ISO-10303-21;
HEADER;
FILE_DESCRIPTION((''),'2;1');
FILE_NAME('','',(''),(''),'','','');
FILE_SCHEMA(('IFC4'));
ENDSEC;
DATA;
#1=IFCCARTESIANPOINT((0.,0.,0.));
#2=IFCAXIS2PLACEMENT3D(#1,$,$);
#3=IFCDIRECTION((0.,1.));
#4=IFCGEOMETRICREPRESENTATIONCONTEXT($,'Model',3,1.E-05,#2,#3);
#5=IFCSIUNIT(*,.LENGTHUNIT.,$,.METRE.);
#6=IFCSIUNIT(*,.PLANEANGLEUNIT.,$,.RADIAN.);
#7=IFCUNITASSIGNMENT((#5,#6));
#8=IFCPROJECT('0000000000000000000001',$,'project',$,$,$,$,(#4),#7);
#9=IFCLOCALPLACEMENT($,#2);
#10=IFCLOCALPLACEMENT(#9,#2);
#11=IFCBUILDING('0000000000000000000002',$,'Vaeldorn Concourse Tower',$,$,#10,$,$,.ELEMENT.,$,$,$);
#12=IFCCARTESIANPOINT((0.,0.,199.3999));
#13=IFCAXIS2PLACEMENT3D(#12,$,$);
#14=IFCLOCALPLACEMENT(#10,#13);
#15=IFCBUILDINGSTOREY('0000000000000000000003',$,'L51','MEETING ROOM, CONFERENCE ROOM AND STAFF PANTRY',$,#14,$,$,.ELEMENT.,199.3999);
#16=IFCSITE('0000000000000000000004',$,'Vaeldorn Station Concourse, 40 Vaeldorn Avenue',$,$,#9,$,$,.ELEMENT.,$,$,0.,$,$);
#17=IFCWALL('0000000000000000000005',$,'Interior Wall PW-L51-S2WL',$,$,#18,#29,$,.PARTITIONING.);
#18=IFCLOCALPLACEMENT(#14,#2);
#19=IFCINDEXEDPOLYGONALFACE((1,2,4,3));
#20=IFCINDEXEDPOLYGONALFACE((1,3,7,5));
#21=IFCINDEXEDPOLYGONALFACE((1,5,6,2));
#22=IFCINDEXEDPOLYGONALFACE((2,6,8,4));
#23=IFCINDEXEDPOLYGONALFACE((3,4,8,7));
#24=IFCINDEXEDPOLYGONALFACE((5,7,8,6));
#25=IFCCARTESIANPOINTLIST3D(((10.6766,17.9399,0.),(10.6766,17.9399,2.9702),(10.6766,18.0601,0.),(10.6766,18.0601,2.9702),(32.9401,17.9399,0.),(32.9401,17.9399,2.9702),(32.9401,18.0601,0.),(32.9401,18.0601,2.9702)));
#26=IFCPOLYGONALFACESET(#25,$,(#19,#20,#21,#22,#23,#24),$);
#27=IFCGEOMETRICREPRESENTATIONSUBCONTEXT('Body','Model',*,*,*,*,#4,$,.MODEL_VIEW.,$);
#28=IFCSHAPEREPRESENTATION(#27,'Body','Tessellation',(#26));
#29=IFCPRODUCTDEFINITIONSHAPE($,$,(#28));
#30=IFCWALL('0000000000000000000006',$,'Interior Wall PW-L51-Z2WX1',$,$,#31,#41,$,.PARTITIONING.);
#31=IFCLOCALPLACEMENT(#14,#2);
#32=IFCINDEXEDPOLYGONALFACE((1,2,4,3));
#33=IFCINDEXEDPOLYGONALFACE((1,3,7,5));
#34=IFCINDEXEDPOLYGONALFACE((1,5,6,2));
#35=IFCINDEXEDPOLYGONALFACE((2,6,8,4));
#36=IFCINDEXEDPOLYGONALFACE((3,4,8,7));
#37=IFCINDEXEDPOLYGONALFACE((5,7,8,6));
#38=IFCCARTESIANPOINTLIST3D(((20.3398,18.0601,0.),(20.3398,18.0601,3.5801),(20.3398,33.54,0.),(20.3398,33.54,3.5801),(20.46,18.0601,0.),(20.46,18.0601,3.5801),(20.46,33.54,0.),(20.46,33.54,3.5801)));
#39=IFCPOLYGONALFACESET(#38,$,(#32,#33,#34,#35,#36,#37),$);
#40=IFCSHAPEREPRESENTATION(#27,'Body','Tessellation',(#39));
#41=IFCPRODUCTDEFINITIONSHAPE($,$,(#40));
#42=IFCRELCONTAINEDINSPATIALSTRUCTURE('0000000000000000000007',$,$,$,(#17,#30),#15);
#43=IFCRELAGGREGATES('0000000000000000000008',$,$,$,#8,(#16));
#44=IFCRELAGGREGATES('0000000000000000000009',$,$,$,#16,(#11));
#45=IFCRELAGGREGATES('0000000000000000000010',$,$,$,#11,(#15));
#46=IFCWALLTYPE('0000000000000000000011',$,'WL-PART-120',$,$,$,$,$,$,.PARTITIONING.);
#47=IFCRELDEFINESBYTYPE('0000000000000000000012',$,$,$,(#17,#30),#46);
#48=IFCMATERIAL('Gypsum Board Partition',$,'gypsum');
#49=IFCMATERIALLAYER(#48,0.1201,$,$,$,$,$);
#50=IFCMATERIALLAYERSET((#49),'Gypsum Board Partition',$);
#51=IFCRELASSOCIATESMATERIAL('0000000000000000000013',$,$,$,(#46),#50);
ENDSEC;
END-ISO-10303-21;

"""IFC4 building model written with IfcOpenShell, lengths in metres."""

from ifc_helpers import new_model, si_unit, direction, frame, frame_2d, origin, place, context, subcontext, project, spatial, rectangle, extrude, material, layer, layer_set, type_object, element, save


model = new_model("IFC4")

# Units and contexts
model_context = context("Model", 3, precision=1e-05, world=origin(), true_north=direction((0.0, 1.0)))
body_context = subcontext(model_context, "Body", "Model", "MODEL_VIEW")
ifc_project = project(units=[si_unit("LENGTHUNIT", "METRE"), si_unit("PLANEANGLEUNIT", "RADIAN")], contexts=[model_context])

# Site, building, storey
site_placement = place(None, origin())
site = spatial("IfcSite", under=ifc_project, at=site_placement, Name="Vaeldorn Station Concourse, 40 Vaeldorn Avenue", CompositionType="ELEMENT", RefElevation=0.0)
building_placement = place(site_placement, origin())
building = spatial("IfcBuilding", under=site, at=building_placement, Name="Vaeldorn Concourse Tower", CompositionType="ELEMENT")
storey_placement = place(building_placement, frame((0.0, 0.0, 199.3999)))
storey = spatial("IfcBuildingStorey", under=building, at=storey_placement, Name="L51", Description="MEETING ROOM, CONFERENCE ROOM AND STAFF PANTRY", CompositionType="ELEMENT", Elevation=199.3999)

# Walls
ifc_material_1 = material(Name="Gypsum Board Partition", Category="gypsum")
ifc_layer_1 = layer(ifc_material_1, 0.1201)
ifc_layer_set_1 = layer_set([ifc_layer_1], Name="Gypsum Board Partition")
wall_type = type_object("IfcWallType", Name="WL-PART-120", PredefinedType="PARTITIONING", material=ifc_layer_set_1)
wall_1_placement = place(storey_placement, frame((10.6765, 18.0, 0.0), z_axis=(0.0, 0.0, 1.0), x_axis=(1.0, 0.0, 0.0)))
element("IfcWall", 1, at=wall_1_placement, inside=storey, type_object=wall_type, Name="Interior Wall PW-L51-S2WL", PredefinedType="PARTITIONING", context=body_context, shape_type="SweptSolid", body=[
    extrude(rectangle(XDim=22.2634, YDim=0.1201, at=frame_2d((11.1318, 0.0))), origin(), (0.0, 0.0, 1.0), 2.9702),
])
wall_2_placement = place(storey_placement, frame((20.3999, 18.0601, 0.0), z_axis=(0.0, 0.0, 1.0), x_axis=(0.0, 1.0, 0.0)))
element("IfcWall", 2, at=wall_2_placement, inside=storey, type_object=wall_type, Name="Interior Wall PW-L51-Z2WX1", PredefinedType="PARTITIONING", context=body_context, shape_type="SweptSolid", body=[
    extrude(rectangle(XDim=15.48, YDim=0.1201, at=frame_2d((7.74, 0.0))), origin(), (0.0, 0.0, 1.0), 3.5801),
])

save(model, "model.ifc")
